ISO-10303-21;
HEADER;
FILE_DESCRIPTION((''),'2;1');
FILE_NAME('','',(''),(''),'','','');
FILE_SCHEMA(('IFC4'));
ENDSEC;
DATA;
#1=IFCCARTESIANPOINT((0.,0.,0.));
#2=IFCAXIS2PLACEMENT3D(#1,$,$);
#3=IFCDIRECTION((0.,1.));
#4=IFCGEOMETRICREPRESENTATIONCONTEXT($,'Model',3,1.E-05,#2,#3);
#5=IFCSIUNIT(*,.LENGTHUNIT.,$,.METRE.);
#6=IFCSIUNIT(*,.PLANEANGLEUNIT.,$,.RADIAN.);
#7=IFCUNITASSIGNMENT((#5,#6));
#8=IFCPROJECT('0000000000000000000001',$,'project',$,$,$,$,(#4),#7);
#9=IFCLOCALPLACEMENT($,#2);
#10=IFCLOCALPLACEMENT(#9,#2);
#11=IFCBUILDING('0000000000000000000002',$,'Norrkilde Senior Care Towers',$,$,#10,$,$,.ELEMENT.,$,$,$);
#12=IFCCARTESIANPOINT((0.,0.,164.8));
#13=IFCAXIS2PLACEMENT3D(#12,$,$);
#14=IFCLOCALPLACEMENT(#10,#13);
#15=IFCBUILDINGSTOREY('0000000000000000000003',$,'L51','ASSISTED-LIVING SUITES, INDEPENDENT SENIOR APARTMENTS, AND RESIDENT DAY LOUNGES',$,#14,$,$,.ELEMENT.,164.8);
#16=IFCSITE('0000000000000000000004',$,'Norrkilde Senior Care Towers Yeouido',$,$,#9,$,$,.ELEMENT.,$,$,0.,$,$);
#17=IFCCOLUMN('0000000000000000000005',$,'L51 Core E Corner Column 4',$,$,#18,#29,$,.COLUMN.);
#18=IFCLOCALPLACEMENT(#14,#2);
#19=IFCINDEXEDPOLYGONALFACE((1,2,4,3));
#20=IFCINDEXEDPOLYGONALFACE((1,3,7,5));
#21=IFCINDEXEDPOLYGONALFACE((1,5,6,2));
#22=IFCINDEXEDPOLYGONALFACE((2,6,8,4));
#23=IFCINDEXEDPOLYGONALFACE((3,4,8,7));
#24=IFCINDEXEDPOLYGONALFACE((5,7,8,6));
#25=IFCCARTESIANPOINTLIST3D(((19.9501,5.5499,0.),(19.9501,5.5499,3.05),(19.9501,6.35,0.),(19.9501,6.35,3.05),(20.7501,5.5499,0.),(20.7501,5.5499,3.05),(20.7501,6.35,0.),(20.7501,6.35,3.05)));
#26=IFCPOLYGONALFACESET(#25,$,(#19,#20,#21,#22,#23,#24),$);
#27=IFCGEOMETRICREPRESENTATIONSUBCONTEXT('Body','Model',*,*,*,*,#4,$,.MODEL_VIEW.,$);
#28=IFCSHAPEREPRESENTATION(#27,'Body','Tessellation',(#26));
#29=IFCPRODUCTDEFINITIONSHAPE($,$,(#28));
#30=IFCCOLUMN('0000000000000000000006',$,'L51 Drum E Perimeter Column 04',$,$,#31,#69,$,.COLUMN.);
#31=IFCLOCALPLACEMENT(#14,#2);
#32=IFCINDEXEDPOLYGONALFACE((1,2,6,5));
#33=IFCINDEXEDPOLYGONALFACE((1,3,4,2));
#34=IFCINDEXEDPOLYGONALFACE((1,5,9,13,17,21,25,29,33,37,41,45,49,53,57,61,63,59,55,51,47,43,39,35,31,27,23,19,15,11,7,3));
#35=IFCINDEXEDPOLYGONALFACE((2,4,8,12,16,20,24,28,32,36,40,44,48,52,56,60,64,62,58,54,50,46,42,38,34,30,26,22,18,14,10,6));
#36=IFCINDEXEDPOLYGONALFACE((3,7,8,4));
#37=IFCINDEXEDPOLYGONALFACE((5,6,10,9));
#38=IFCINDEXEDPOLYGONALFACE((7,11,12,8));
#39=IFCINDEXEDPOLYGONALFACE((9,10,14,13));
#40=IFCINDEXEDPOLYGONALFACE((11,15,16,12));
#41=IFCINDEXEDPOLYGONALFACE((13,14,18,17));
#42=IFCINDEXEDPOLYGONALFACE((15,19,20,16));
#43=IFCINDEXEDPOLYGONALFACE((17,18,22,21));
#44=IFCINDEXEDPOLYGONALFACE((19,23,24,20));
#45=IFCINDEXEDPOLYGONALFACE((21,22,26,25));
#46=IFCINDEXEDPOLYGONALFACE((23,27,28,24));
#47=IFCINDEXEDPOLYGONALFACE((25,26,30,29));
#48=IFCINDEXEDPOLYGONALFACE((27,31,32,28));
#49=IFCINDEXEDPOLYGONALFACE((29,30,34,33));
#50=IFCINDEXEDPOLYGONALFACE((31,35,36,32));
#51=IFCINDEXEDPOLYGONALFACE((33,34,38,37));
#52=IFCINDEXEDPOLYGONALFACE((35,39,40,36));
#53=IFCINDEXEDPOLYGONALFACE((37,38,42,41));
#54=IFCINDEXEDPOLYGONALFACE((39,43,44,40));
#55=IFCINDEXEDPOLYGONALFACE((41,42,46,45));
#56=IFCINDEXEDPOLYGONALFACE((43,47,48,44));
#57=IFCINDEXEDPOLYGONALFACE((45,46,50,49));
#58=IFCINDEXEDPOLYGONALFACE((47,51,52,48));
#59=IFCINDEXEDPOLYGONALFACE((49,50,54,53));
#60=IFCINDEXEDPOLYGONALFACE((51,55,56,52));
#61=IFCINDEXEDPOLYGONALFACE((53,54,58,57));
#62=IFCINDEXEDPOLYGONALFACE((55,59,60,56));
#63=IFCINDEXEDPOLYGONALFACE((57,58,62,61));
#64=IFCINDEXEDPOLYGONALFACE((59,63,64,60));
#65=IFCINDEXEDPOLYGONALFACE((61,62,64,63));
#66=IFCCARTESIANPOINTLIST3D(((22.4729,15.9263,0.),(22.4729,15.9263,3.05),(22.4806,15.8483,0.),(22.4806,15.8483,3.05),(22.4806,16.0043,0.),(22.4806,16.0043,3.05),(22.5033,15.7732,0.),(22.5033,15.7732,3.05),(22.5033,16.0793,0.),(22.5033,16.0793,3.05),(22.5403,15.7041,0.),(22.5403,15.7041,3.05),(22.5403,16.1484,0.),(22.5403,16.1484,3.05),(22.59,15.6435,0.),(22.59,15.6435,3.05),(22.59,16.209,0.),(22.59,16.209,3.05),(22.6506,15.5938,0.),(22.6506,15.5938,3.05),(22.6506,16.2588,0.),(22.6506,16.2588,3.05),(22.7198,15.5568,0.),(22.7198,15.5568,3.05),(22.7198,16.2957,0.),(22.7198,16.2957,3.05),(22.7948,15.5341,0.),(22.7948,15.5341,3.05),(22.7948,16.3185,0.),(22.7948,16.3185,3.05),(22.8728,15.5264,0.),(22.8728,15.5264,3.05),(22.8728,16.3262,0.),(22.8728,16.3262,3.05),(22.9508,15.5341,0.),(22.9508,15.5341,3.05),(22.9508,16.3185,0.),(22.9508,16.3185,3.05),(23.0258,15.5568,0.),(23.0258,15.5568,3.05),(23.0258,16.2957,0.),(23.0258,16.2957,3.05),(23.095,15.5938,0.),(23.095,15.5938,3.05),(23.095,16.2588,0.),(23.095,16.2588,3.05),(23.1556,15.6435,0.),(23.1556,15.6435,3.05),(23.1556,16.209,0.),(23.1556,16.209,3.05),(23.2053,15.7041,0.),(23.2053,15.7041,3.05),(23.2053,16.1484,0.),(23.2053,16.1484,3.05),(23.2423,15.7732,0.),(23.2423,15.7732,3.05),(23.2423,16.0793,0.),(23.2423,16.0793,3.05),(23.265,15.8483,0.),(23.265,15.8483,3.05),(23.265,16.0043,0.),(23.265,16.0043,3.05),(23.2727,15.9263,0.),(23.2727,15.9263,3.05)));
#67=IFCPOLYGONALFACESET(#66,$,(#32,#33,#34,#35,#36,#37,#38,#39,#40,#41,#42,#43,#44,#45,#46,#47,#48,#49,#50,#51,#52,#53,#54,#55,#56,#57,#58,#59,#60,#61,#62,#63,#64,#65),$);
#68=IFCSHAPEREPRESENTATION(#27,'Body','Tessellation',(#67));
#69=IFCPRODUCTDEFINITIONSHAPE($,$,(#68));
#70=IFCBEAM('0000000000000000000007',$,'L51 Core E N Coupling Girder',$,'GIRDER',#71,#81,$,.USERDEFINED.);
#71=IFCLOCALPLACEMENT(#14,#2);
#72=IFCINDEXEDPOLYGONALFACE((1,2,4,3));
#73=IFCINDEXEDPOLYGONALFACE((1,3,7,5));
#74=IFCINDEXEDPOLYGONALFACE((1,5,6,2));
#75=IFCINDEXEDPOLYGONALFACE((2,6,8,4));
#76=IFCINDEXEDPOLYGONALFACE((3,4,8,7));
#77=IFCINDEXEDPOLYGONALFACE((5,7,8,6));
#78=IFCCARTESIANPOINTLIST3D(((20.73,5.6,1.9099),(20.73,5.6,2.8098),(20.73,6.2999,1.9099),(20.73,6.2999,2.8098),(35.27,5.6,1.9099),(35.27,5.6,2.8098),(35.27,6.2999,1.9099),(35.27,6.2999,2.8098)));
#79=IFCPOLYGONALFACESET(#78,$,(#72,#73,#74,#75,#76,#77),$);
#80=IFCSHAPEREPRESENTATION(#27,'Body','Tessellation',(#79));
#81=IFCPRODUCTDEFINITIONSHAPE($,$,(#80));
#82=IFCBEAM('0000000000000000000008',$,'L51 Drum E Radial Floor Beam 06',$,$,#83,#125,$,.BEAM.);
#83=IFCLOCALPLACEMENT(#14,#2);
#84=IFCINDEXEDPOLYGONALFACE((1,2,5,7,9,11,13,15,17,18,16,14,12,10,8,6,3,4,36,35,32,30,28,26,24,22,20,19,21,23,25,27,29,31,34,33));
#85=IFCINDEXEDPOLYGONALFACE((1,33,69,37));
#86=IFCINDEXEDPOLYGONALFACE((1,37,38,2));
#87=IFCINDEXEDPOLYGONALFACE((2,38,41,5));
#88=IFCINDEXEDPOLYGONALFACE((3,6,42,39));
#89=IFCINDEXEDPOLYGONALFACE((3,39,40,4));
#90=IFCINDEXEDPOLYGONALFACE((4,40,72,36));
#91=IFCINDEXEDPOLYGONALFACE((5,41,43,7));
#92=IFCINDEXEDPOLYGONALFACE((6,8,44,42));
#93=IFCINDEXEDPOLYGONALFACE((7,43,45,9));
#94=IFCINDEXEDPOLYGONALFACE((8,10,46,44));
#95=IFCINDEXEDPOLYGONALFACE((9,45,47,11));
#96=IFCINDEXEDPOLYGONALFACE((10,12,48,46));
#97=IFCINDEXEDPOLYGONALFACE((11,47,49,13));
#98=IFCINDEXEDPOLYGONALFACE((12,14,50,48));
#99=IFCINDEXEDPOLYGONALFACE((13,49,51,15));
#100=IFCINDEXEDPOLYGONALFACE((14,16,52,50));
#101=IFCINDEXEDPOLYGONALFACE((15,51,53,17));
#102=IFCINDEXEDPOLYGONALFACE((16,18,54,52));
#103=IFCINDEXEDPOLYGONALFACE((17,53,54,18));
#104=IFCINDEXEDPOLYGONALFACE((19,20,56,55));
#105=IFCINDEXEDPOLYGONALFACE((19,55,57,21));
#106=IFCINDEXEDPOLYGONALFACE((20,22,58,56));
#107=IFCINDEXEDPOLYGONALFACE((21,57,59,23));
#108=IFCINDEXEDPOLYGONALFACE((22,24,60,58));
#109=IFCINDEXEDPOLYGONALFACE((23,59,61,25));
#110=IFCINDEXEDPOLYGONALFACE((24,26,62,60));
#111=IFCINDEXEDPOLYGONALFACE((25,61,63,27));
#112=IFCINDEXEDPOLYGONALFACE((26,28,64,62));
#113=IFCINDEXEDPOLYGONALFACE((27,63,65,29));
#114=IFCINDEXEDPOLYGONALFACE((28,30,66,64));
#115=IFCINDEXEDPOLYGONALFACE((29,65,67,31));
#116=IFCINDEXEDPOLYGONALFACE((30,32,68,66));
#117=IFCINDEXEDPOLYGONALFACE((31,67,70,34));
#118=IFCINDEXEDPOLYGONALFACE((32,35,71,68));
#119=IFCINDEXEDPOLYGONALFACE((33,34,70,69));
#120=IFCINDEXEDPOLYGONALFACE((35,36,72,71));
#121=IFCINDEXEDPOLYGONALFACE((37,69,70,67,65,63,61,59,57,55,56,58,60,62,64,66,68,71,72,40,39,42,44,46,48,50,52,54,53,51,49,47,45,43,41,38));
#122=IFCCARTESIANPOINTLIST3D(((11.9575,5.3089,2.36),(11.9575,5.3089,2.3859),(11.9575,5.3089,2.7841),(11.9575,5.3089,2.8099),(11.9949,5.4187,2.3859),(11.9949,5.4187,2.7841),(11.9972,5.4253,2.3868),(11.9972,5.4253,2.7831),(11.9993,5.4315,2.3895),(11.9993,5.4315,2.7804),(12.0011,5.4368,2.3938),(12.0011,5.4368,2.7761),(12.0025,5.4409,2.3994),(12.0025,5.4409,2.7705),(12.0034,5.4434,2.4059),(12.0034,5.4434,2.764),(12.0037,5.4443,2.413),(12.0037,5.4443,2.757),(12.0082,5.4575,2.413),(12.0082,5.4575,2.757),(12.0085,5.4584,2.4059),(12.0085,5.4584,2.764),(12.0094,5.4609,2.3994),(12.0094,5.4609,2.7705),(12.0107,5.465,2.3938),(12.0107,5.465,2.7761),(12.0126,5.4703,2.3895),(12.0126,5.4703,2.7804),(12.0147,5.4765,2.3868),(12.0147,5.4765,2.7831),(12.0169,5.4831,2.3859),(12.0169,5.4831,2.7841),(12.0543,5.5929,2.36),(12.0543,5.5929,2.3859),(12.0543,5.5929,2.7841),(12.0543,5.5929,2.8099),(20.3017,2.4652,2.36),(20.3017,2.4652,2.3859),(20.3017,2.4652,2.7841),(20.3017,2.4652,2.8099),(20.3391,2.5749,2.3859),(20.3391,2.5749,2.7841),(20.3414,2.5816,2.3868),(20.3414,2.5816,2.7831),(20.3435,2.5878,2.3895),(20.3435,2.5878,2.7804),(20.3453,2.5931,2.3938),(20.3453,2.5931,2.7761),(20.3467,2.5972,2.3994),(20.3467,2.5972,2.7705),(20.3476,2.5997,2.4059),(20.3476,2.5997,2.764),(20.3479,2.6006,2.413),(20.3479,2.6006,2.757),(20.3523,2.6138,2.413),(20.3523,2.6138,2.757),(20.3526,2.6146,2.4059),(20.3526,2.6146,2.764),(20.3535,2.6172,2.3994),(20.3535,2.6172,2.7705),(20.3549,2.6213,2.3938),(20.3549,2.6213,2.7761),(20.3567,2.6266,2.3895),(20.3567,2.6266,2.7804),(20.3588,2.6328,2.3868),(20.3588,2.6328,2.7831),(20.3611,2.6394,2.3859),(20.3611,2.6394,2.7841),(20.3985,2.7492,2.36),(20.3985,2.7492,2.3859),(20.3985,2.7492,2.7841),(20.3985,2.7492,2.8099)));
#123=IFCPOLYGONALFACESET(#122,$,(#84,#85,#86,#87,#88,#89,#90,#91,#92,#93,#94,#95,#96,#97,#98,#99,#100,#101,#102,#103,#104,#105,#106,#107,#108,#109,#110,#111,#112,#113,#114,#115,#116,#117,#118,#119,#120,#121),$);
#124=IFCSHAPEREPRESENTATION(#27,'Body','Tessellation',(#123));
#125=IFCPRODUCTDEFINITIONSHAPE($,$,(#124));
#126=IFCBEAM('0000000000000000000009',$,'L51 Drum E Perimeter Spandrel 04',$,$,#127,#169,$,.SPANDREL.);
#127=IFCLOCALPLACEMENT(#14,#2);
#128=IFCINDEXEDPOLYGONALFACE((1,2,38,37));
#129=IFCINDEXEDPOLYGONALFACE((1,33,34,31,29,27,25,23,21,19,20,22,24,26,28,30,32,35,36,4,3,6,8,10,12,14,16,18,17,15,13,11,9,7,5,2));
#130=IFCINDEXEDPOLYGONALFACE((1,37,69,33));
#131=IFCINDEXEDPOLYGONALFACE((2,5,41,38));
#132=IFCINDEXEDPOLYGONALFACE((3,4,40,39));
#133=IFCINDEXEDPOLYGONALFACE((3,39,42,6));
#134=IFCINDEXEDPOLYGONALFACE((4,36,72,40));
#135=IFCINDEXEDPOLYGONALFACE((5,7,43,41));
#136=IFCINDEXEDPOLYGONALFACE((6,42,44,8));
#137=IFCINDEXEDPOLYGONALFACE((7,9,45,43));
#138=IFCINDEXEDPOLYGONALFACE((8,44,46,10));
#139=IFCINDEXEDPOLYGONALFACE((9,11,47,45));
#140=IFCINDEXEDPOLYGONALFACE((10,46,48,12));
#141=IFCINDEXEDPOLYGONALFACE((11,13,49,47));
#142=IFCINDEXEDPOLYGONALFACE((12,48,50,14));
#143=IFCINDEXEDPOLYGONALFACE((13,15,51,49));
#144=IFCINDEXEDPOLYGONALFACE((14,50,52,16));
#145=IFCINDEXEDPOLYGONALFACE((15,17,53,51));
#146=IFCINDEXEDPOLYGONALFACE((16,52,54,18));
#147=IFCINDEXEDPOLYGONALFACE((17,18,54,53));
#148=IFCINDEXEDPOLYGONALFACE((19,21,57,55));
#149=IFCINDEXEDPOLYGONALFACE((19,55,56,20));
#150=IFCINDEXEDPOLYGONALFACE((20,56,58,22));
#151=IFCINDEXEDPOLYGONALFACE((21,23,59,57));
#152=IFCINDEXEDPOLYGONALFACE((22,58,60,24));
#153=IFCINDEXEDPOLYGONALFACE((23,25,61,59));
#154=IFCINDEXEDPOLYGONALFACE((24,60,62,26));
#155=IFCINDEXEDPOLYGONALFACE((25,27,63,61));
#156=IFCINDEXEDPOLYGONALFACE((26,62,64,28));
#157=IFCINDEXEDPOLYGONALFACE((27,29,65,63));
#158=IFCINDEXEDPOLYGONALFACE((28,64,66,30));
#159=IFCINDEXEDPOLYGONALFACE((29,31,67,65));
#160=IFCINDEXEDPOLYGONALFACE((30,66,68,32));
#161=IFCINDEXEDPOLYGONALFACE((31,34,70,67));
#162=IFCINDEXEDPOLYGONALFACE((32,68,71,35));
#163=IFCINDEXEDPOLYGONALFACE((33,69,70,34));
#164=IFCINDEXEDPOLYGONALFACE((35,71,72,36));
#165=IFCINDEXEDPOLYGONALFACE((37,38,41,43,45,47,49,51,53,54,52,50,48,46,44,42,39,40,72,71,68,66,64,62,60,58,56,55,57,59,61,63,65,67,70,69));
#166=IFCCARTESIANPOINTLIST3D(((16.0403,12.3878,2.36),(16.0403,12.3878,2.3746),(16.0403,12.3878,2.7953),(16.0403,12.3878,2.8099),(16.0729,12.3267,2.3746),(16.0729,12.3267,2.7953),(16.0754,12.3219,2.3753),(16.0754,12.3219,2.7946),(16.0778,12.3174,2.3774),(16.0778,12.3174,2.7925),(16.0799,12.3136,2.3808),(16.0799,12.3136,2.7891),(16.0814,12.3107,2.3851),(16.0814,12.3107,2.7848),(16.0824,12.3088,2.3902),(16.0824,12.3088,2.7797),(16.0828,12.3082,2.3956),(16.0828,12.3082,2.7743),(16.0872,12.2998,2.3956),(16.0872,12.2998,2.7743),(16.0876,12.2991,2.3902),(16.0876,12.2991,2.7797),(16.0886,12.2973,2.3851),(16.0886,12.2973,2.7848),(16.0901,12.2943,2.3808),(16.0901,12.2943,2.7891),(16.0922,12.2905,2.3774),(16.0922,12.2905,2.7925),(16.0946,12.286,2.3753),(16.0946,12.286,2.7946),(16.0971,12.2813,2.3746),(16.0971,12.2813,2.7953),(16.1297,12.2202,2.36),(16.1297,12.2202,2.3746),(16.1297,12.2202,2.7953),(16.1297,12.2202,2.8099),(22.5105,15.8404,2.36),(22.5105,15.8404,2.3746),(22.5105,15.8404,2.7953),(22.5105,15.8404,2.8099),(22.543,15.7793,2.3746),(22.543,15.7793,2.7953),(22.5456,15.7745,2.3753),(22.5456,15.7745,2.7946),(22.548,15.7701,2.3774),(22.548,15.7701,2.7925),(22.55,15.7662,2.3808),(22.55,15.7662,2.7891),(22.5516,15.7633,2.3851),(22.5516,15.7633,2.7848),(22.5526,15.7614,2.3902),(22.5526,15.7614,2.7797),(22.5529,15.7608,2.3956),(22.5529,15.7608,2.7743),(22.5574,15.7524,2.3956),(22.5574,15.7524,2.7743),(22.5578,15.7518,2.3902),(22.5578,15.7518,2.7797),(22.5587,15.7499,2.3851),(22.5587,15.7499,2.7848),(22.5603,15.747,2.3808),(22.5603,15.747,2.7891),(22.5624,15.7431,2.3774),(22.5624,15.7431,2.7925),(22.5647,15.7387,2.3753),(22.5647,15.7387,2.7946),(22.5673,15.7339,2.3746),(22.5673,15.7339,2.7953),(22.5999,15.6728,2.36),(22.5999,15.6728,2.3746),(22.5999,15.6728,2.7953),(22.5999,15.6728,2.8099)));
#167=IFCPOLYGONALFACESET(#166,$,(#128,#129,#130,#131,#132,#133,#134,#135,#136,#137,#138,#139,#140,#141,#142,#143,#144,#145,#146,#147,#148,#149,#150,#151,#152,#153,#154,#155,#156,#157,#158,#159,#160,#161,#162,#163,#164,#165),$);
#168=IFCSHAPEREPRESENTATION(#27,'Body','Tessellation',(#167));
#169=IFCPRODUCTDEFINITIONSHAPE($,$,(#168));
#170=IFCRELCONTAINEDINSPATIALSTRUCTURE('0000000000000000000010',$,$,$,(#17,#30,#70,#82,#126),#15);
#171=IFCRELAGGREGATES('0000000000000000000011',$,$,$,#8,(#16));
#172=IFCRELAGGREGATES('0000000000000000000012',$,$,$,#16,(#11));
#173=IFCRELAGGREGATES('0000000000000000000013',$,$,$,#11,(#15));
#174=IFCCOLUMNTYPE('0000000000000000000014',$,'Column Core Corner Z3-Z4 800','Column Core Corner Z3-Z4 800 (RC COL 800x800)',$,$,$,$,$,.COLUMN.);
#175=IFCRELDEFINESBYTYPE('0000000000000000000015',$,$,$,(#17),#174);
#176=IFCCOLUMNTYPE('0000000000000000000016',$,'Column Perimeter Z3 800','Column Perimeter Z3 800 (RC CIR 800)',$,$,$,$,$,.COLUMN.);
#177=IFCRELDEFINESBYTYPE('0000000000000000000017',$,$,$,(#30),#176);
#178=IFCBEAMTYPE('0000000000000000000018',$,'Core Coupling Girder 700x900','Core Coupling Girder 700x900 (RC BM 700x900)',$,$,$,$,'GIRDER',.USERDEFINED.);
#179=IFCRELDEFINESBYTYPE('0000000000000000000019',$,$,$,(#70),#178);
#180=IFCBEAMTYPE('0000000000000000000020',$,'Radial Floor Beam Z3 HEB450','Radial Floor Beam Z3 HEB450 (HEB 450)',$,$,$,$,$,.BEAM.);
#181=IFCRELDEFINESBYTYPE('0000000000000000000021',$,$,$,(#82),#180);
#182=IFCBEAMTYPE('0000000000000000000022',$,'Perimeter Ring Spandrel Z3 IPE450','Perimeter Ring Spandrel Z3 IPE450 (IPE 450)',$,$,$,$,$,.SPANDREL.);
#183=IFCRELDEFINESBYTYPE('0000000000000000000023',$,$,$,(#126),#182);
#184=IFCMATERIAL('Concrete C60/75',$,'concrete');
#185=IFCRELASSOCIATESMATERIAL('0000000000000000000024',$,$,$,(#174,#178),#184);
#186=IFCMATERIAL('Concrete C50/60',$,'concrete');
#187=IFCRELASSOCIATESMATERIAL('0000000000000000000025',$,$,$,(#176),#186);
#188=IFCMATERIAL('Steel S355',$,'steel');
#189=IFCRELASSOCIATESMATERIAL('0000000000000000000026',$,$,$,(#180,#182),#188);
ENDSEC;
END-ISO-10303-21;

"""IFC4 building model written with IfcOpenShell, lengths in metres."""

from ifc_helpers import new_model, si_unit, direction, frame, origin, origin_2d, place, context, subcontext, project, spatial, rectangle, circle, i_section, extrude, source, transform, mapped, material, material_profile, profile_set, type_object, type_shapes, element, save


model = new_model("IFC4")

# Units and contexts
model_context = context("Model", 3, precision=1e-05, world=origin(), true_north=direction((0.0, 1.0)))
body_context = subcontext(model_context, "Body", "Model", "MODEL_VIEW")
ifc_project = project(units=[si_unit("LENGTHUNIT", "METRE"), si_unit("PLANEANGLEUNIT", "RADIAN")], contexts=[model_context])

# Site, building, storey
site_placement = place(None, origin())
site = spatial("IfcSite", under=ifc_project, at=site_placement, Name="Norrkilde Senior Care Towers Yeouido", CompositionType="ELEMENT", RefElevation=0.0)
building_placement = place(site_placement, origin())
building = spatial("IfcBuilding", under=site, at=building_placement, Name="Norrkilde Senior Care Towers", CompositionType="ELEMENT")
storey_placement = place(building_placement, frame((0.0, 0.0, 164.8)))
storey = spatial("IfcBuildingStorey", under=building, at=storey_placement, Name="L51", Description="ASSISTED-LIVING SUITES, INDEPENDENT SENIOR APARTMENTS, AND RESIDENT DAY LOUNGES", CompositionType="ELEMENT", Elevation=164.8)

# Columns
ifc_material_1 = material(Name="Concrete C60/75", Category="concrete")
ifc_material_profile_1 = material_profile(ifc_material_1, rectangle(XDim=0.8, YDim=0.8, at=origin_2d()), Name="RC COL 800x800")
ifc_profile_set_1 = profile_set([ifc_material_profile_1], Name="Concrete C60/75")
column_type_1 = type_object("IfcColumnType", Name="Column Core Corner Z3-Z4 800", Description="Column Core Corner Z3-Z4 800 (RC COL 800x800)", PredefinedType="COLUMN", material=ifc_profile_set_1)
shared_shape_1 = source(origin(), body_context, "Body", "SweptSolid", [
    extrude(rectangle(XDim=0.8, YDim=0.8, at=origin_2d()), origin(), (0.0, 0.0, 1.0), 3.05),
])
type_shapes(column_type_1, [shared_shape_1])
column_1_placement = place(storey_placement, frame((20.3501, 5.95, 0.0), z_axis=(0.0, 0.0, 1.0), x_axis=(1.0, 0.0, 0.0)))
element("IfcColumn", 1, at=column_1_placement, inside=storey, type_object=column_type_1, Name="L51 Core E Corner Column 4", PredefinedType="COLUMN", context=body_context, shape_type="MappedRepresentation", body=[
    mapped(shared_shape_1, transform((0.0, 0.0, 0.0), x_axis=(1.0, 0.0, 0.0), y_axis=(0.0, 1.0, 0.0), z_axis=(0.0, 0.0, 1.0), scale=1.0)),
])
ifc_material_2 = material(Name="Concrete C50/60", Category="concrete")
ifc_material_profile_2 = material_profile(ifc_material_2, circle(Radius=0.3999, at=origin_2d()), Name="RC CIR 800")
ifc_profile_set_2 = profile_set([ifc_material_profile_2], Name="Concrete C50/60")
column_type_2 = type_object("IfcColumnType", Name="Column Perimeter Z3 800", Description="Column Perimeter Z3 800 (RC CIR 800)", PredefinedType="COLUMN", material=ifc_profile_set_2)
shared_shape_2 = source(origin(), body_context, "Body", "SweptSolid", [
    extrude(circle(Radius=0.3999, at=origin_2d()), origin(), (0.0, 0.0, 1.0), 3.05),
])
type_shapes(column_type_2, [shared_shape_2])
column_2_placement = place(storey_placement, frame((22.8728, 15.9263, 0.0), z_axis=(0.0, 0.0, 1.0), x_axis=(1.0, 0.0, 0.0)))
element("IfcColumn", 2, at=column_2_placement, inside=storey, type_object=column_type_2, Name="L51 Drum E Perimeter Column 04", PredefinedType="COLUMN", context=body_context, shape_type="MappedRepresentation", body=[
    mapped(shared_shape_2, transform((0.0, 0.0, 0.0), x_axis=(1.0, 0.0, 0.0), y_axis=(0.0, 1.0, 0.0), z_axis=(0.0, 0.0, 1.0), scale=1.0)),
])

# Beams
ifc_material_profile_3 = material_profile(ifc_material_1, rectangle(XDim=0.7, YDim=0.8999, at=origin_2d()), Name="RC BM 700x900")
ifc_profile_set_3 = profile_set([ifc_material_profile_3], Name="Concrete C60/75")
beam_type_1 = type_object("IfcBeamType", Name="Core Coupling Girder 700x900", Description="Core Coupling Girder 700x900 (RC BM 700x900)", ElementType="GIRDER", PredefinedType="USERDEFINED", material=ifc_profile_set_3)
shared_shape_3 = source(origin(), body_context, "Body", "SweptSolid", [
    extrude(rectangle(XDim=0.7, YDim=0.8999, at=origin_2d()), origin(), (0.0, 0.0, 1.0), 14.54),
])
type_shapes(beam_type_1, [shared_shape_3])
beam_1_placement = place(storey_placement, frame((20.73, 5.95, 2.3599), z_axis=(1.0, 0.0, 0.0), x_axis=(0.0, 1.0, 0.0)))
element("IfcBeam", 3, at=beam_1_placement, inside=storey, type_object=beam_type_1, Name="L51 Core E N Coupling Girder", ObjectType="GIRDER", PredefinedType="USERDEFINED", context=body_context, shape_type="MappedRepresentation", body=[
    mapped(shared_shape_3, transform((0.0, 0.0, 0.0), x_axis=(1.0, 0.0, 0.0), y_axis=(0.0, 1.0, 0.0), z_axis=(0.0, 0.0, 1.0), scale=1.0)),
])
ifc_material_3 = material(Name="Steel S355", Category="steel")
ifc_material_profile_4 = material_profile(ifc_material_3, i_section(OverallWidth=0.3, OverallDepth=0.45, WebThickness=0.0139, FlangeThickness=0.0259, FilletRadius=0.0271, at=origin_2d()), Name="HEB 450")
ifc_profile_set_4 = profile_set([ifc_material_profile_4], Name="Steel S355")
beam_type_2 = type_object("IfcBeamType", Name="Radial Floor Beam Z3 HEB450", Description="Radial Floor Beam Z3 HEB450 (HEB 450)", PredefinedType="BEAM", material=ifc_profile_set_4)
shared_shape_4 = source(origin(), body_context, "Body", "SweptSolid", [
    extrude(i_section(OverallWidth=0.3, OverallDepth=0.45, WebThickness=0.0139, FlangeThickness=0.0259, FilletRadius=0.0271, at=origin_2d()), origin(), (0.0, 0.0, 1.0), 8.8154),
])
beam_2_placement = place(storey_placement, frame((20.3501, 2.6072, 2.585), z_axis=(-0.946541, 0.322585, 0.0), x_axis=(-0.322585, -0.946541, 0.0)))
element("IfcBeam", 4, at=beam_2_placement, inside=storey, type_object=beam_type_2, Name="L51 Drum E Radial Floor Beam 06", PredefinedType="BEAM", context=body_context, shape_type="MappedRepresentation", body=[
    mapped(shared_shape_4, transform((0.0, 0.0, 0.0), x_axis=(1.0, 0.0, 0.0), y_axis=(0.0, 1.0, 0.0), z_axis=(0.0, 0.0, 1.0), scale=1.0)),
])
ifc_material_profile_5 = material_profile(ifc_material_3, i_section(OverallWidth=0.1899, OverallDepth=0.45, WebThickness=0.0095, FlangeThickness=0.0146, FilletRadius=0.021, at=origin_2d()), Name="IPE 450")
ifc_profile_set_5 = profile_set([ifc_material_profile_5], Name="Steel S355")
beam_type_3 = type_object("IfcBeamType", Name="Perimeter Ring Spandrel Z3 IPE450", Description="Perimeter Ring Spandrel Z3 IPE450 (IPE 450)", PredefinedType="SPANDREL", material=ifc_profile_set_5)
shared_shape_5 = source(origin(), body_context, "Body", "SweptSolid", [
    extrude(i_section(OverallWidth=0.1899, OverallDepth=0.45, WebThickness=0.0095, FlangeThickness=0.0146, FilletRadius=0.021, at=origin_2d()), origin(), (0.0, 0.0, 1.0), 7.3337),
])
type_shapes(beam_type_3, [shared_shape_5])
beam_3_placement = place(storey_placement, frame((22.5552, 15.7566, 2.585), z_axis=(-0.882248, -0.470785, 0.0), x_axis=(0.470785, -0.882248, 0.0)))
element("IfcBeam", 5, at=beam_3_placement, inside=storey, type_object=beam_type_3, Name="L51 Drum E Perimeter Spandrel 04", PredefinedType="SPANDREL", context=body_context, shape_type="MappedRepresentation", body=[
    mapped(shared_shape_5, transform((0.0, 0.0, 0.0), x_axis=(1.0, 0.0, 0.0), y_axis=(0.0, 1.0, 0.0), z_axis=(0.0, 0.0, 1.0), scale=1.0)),
])

save(model, "model.ifc")
